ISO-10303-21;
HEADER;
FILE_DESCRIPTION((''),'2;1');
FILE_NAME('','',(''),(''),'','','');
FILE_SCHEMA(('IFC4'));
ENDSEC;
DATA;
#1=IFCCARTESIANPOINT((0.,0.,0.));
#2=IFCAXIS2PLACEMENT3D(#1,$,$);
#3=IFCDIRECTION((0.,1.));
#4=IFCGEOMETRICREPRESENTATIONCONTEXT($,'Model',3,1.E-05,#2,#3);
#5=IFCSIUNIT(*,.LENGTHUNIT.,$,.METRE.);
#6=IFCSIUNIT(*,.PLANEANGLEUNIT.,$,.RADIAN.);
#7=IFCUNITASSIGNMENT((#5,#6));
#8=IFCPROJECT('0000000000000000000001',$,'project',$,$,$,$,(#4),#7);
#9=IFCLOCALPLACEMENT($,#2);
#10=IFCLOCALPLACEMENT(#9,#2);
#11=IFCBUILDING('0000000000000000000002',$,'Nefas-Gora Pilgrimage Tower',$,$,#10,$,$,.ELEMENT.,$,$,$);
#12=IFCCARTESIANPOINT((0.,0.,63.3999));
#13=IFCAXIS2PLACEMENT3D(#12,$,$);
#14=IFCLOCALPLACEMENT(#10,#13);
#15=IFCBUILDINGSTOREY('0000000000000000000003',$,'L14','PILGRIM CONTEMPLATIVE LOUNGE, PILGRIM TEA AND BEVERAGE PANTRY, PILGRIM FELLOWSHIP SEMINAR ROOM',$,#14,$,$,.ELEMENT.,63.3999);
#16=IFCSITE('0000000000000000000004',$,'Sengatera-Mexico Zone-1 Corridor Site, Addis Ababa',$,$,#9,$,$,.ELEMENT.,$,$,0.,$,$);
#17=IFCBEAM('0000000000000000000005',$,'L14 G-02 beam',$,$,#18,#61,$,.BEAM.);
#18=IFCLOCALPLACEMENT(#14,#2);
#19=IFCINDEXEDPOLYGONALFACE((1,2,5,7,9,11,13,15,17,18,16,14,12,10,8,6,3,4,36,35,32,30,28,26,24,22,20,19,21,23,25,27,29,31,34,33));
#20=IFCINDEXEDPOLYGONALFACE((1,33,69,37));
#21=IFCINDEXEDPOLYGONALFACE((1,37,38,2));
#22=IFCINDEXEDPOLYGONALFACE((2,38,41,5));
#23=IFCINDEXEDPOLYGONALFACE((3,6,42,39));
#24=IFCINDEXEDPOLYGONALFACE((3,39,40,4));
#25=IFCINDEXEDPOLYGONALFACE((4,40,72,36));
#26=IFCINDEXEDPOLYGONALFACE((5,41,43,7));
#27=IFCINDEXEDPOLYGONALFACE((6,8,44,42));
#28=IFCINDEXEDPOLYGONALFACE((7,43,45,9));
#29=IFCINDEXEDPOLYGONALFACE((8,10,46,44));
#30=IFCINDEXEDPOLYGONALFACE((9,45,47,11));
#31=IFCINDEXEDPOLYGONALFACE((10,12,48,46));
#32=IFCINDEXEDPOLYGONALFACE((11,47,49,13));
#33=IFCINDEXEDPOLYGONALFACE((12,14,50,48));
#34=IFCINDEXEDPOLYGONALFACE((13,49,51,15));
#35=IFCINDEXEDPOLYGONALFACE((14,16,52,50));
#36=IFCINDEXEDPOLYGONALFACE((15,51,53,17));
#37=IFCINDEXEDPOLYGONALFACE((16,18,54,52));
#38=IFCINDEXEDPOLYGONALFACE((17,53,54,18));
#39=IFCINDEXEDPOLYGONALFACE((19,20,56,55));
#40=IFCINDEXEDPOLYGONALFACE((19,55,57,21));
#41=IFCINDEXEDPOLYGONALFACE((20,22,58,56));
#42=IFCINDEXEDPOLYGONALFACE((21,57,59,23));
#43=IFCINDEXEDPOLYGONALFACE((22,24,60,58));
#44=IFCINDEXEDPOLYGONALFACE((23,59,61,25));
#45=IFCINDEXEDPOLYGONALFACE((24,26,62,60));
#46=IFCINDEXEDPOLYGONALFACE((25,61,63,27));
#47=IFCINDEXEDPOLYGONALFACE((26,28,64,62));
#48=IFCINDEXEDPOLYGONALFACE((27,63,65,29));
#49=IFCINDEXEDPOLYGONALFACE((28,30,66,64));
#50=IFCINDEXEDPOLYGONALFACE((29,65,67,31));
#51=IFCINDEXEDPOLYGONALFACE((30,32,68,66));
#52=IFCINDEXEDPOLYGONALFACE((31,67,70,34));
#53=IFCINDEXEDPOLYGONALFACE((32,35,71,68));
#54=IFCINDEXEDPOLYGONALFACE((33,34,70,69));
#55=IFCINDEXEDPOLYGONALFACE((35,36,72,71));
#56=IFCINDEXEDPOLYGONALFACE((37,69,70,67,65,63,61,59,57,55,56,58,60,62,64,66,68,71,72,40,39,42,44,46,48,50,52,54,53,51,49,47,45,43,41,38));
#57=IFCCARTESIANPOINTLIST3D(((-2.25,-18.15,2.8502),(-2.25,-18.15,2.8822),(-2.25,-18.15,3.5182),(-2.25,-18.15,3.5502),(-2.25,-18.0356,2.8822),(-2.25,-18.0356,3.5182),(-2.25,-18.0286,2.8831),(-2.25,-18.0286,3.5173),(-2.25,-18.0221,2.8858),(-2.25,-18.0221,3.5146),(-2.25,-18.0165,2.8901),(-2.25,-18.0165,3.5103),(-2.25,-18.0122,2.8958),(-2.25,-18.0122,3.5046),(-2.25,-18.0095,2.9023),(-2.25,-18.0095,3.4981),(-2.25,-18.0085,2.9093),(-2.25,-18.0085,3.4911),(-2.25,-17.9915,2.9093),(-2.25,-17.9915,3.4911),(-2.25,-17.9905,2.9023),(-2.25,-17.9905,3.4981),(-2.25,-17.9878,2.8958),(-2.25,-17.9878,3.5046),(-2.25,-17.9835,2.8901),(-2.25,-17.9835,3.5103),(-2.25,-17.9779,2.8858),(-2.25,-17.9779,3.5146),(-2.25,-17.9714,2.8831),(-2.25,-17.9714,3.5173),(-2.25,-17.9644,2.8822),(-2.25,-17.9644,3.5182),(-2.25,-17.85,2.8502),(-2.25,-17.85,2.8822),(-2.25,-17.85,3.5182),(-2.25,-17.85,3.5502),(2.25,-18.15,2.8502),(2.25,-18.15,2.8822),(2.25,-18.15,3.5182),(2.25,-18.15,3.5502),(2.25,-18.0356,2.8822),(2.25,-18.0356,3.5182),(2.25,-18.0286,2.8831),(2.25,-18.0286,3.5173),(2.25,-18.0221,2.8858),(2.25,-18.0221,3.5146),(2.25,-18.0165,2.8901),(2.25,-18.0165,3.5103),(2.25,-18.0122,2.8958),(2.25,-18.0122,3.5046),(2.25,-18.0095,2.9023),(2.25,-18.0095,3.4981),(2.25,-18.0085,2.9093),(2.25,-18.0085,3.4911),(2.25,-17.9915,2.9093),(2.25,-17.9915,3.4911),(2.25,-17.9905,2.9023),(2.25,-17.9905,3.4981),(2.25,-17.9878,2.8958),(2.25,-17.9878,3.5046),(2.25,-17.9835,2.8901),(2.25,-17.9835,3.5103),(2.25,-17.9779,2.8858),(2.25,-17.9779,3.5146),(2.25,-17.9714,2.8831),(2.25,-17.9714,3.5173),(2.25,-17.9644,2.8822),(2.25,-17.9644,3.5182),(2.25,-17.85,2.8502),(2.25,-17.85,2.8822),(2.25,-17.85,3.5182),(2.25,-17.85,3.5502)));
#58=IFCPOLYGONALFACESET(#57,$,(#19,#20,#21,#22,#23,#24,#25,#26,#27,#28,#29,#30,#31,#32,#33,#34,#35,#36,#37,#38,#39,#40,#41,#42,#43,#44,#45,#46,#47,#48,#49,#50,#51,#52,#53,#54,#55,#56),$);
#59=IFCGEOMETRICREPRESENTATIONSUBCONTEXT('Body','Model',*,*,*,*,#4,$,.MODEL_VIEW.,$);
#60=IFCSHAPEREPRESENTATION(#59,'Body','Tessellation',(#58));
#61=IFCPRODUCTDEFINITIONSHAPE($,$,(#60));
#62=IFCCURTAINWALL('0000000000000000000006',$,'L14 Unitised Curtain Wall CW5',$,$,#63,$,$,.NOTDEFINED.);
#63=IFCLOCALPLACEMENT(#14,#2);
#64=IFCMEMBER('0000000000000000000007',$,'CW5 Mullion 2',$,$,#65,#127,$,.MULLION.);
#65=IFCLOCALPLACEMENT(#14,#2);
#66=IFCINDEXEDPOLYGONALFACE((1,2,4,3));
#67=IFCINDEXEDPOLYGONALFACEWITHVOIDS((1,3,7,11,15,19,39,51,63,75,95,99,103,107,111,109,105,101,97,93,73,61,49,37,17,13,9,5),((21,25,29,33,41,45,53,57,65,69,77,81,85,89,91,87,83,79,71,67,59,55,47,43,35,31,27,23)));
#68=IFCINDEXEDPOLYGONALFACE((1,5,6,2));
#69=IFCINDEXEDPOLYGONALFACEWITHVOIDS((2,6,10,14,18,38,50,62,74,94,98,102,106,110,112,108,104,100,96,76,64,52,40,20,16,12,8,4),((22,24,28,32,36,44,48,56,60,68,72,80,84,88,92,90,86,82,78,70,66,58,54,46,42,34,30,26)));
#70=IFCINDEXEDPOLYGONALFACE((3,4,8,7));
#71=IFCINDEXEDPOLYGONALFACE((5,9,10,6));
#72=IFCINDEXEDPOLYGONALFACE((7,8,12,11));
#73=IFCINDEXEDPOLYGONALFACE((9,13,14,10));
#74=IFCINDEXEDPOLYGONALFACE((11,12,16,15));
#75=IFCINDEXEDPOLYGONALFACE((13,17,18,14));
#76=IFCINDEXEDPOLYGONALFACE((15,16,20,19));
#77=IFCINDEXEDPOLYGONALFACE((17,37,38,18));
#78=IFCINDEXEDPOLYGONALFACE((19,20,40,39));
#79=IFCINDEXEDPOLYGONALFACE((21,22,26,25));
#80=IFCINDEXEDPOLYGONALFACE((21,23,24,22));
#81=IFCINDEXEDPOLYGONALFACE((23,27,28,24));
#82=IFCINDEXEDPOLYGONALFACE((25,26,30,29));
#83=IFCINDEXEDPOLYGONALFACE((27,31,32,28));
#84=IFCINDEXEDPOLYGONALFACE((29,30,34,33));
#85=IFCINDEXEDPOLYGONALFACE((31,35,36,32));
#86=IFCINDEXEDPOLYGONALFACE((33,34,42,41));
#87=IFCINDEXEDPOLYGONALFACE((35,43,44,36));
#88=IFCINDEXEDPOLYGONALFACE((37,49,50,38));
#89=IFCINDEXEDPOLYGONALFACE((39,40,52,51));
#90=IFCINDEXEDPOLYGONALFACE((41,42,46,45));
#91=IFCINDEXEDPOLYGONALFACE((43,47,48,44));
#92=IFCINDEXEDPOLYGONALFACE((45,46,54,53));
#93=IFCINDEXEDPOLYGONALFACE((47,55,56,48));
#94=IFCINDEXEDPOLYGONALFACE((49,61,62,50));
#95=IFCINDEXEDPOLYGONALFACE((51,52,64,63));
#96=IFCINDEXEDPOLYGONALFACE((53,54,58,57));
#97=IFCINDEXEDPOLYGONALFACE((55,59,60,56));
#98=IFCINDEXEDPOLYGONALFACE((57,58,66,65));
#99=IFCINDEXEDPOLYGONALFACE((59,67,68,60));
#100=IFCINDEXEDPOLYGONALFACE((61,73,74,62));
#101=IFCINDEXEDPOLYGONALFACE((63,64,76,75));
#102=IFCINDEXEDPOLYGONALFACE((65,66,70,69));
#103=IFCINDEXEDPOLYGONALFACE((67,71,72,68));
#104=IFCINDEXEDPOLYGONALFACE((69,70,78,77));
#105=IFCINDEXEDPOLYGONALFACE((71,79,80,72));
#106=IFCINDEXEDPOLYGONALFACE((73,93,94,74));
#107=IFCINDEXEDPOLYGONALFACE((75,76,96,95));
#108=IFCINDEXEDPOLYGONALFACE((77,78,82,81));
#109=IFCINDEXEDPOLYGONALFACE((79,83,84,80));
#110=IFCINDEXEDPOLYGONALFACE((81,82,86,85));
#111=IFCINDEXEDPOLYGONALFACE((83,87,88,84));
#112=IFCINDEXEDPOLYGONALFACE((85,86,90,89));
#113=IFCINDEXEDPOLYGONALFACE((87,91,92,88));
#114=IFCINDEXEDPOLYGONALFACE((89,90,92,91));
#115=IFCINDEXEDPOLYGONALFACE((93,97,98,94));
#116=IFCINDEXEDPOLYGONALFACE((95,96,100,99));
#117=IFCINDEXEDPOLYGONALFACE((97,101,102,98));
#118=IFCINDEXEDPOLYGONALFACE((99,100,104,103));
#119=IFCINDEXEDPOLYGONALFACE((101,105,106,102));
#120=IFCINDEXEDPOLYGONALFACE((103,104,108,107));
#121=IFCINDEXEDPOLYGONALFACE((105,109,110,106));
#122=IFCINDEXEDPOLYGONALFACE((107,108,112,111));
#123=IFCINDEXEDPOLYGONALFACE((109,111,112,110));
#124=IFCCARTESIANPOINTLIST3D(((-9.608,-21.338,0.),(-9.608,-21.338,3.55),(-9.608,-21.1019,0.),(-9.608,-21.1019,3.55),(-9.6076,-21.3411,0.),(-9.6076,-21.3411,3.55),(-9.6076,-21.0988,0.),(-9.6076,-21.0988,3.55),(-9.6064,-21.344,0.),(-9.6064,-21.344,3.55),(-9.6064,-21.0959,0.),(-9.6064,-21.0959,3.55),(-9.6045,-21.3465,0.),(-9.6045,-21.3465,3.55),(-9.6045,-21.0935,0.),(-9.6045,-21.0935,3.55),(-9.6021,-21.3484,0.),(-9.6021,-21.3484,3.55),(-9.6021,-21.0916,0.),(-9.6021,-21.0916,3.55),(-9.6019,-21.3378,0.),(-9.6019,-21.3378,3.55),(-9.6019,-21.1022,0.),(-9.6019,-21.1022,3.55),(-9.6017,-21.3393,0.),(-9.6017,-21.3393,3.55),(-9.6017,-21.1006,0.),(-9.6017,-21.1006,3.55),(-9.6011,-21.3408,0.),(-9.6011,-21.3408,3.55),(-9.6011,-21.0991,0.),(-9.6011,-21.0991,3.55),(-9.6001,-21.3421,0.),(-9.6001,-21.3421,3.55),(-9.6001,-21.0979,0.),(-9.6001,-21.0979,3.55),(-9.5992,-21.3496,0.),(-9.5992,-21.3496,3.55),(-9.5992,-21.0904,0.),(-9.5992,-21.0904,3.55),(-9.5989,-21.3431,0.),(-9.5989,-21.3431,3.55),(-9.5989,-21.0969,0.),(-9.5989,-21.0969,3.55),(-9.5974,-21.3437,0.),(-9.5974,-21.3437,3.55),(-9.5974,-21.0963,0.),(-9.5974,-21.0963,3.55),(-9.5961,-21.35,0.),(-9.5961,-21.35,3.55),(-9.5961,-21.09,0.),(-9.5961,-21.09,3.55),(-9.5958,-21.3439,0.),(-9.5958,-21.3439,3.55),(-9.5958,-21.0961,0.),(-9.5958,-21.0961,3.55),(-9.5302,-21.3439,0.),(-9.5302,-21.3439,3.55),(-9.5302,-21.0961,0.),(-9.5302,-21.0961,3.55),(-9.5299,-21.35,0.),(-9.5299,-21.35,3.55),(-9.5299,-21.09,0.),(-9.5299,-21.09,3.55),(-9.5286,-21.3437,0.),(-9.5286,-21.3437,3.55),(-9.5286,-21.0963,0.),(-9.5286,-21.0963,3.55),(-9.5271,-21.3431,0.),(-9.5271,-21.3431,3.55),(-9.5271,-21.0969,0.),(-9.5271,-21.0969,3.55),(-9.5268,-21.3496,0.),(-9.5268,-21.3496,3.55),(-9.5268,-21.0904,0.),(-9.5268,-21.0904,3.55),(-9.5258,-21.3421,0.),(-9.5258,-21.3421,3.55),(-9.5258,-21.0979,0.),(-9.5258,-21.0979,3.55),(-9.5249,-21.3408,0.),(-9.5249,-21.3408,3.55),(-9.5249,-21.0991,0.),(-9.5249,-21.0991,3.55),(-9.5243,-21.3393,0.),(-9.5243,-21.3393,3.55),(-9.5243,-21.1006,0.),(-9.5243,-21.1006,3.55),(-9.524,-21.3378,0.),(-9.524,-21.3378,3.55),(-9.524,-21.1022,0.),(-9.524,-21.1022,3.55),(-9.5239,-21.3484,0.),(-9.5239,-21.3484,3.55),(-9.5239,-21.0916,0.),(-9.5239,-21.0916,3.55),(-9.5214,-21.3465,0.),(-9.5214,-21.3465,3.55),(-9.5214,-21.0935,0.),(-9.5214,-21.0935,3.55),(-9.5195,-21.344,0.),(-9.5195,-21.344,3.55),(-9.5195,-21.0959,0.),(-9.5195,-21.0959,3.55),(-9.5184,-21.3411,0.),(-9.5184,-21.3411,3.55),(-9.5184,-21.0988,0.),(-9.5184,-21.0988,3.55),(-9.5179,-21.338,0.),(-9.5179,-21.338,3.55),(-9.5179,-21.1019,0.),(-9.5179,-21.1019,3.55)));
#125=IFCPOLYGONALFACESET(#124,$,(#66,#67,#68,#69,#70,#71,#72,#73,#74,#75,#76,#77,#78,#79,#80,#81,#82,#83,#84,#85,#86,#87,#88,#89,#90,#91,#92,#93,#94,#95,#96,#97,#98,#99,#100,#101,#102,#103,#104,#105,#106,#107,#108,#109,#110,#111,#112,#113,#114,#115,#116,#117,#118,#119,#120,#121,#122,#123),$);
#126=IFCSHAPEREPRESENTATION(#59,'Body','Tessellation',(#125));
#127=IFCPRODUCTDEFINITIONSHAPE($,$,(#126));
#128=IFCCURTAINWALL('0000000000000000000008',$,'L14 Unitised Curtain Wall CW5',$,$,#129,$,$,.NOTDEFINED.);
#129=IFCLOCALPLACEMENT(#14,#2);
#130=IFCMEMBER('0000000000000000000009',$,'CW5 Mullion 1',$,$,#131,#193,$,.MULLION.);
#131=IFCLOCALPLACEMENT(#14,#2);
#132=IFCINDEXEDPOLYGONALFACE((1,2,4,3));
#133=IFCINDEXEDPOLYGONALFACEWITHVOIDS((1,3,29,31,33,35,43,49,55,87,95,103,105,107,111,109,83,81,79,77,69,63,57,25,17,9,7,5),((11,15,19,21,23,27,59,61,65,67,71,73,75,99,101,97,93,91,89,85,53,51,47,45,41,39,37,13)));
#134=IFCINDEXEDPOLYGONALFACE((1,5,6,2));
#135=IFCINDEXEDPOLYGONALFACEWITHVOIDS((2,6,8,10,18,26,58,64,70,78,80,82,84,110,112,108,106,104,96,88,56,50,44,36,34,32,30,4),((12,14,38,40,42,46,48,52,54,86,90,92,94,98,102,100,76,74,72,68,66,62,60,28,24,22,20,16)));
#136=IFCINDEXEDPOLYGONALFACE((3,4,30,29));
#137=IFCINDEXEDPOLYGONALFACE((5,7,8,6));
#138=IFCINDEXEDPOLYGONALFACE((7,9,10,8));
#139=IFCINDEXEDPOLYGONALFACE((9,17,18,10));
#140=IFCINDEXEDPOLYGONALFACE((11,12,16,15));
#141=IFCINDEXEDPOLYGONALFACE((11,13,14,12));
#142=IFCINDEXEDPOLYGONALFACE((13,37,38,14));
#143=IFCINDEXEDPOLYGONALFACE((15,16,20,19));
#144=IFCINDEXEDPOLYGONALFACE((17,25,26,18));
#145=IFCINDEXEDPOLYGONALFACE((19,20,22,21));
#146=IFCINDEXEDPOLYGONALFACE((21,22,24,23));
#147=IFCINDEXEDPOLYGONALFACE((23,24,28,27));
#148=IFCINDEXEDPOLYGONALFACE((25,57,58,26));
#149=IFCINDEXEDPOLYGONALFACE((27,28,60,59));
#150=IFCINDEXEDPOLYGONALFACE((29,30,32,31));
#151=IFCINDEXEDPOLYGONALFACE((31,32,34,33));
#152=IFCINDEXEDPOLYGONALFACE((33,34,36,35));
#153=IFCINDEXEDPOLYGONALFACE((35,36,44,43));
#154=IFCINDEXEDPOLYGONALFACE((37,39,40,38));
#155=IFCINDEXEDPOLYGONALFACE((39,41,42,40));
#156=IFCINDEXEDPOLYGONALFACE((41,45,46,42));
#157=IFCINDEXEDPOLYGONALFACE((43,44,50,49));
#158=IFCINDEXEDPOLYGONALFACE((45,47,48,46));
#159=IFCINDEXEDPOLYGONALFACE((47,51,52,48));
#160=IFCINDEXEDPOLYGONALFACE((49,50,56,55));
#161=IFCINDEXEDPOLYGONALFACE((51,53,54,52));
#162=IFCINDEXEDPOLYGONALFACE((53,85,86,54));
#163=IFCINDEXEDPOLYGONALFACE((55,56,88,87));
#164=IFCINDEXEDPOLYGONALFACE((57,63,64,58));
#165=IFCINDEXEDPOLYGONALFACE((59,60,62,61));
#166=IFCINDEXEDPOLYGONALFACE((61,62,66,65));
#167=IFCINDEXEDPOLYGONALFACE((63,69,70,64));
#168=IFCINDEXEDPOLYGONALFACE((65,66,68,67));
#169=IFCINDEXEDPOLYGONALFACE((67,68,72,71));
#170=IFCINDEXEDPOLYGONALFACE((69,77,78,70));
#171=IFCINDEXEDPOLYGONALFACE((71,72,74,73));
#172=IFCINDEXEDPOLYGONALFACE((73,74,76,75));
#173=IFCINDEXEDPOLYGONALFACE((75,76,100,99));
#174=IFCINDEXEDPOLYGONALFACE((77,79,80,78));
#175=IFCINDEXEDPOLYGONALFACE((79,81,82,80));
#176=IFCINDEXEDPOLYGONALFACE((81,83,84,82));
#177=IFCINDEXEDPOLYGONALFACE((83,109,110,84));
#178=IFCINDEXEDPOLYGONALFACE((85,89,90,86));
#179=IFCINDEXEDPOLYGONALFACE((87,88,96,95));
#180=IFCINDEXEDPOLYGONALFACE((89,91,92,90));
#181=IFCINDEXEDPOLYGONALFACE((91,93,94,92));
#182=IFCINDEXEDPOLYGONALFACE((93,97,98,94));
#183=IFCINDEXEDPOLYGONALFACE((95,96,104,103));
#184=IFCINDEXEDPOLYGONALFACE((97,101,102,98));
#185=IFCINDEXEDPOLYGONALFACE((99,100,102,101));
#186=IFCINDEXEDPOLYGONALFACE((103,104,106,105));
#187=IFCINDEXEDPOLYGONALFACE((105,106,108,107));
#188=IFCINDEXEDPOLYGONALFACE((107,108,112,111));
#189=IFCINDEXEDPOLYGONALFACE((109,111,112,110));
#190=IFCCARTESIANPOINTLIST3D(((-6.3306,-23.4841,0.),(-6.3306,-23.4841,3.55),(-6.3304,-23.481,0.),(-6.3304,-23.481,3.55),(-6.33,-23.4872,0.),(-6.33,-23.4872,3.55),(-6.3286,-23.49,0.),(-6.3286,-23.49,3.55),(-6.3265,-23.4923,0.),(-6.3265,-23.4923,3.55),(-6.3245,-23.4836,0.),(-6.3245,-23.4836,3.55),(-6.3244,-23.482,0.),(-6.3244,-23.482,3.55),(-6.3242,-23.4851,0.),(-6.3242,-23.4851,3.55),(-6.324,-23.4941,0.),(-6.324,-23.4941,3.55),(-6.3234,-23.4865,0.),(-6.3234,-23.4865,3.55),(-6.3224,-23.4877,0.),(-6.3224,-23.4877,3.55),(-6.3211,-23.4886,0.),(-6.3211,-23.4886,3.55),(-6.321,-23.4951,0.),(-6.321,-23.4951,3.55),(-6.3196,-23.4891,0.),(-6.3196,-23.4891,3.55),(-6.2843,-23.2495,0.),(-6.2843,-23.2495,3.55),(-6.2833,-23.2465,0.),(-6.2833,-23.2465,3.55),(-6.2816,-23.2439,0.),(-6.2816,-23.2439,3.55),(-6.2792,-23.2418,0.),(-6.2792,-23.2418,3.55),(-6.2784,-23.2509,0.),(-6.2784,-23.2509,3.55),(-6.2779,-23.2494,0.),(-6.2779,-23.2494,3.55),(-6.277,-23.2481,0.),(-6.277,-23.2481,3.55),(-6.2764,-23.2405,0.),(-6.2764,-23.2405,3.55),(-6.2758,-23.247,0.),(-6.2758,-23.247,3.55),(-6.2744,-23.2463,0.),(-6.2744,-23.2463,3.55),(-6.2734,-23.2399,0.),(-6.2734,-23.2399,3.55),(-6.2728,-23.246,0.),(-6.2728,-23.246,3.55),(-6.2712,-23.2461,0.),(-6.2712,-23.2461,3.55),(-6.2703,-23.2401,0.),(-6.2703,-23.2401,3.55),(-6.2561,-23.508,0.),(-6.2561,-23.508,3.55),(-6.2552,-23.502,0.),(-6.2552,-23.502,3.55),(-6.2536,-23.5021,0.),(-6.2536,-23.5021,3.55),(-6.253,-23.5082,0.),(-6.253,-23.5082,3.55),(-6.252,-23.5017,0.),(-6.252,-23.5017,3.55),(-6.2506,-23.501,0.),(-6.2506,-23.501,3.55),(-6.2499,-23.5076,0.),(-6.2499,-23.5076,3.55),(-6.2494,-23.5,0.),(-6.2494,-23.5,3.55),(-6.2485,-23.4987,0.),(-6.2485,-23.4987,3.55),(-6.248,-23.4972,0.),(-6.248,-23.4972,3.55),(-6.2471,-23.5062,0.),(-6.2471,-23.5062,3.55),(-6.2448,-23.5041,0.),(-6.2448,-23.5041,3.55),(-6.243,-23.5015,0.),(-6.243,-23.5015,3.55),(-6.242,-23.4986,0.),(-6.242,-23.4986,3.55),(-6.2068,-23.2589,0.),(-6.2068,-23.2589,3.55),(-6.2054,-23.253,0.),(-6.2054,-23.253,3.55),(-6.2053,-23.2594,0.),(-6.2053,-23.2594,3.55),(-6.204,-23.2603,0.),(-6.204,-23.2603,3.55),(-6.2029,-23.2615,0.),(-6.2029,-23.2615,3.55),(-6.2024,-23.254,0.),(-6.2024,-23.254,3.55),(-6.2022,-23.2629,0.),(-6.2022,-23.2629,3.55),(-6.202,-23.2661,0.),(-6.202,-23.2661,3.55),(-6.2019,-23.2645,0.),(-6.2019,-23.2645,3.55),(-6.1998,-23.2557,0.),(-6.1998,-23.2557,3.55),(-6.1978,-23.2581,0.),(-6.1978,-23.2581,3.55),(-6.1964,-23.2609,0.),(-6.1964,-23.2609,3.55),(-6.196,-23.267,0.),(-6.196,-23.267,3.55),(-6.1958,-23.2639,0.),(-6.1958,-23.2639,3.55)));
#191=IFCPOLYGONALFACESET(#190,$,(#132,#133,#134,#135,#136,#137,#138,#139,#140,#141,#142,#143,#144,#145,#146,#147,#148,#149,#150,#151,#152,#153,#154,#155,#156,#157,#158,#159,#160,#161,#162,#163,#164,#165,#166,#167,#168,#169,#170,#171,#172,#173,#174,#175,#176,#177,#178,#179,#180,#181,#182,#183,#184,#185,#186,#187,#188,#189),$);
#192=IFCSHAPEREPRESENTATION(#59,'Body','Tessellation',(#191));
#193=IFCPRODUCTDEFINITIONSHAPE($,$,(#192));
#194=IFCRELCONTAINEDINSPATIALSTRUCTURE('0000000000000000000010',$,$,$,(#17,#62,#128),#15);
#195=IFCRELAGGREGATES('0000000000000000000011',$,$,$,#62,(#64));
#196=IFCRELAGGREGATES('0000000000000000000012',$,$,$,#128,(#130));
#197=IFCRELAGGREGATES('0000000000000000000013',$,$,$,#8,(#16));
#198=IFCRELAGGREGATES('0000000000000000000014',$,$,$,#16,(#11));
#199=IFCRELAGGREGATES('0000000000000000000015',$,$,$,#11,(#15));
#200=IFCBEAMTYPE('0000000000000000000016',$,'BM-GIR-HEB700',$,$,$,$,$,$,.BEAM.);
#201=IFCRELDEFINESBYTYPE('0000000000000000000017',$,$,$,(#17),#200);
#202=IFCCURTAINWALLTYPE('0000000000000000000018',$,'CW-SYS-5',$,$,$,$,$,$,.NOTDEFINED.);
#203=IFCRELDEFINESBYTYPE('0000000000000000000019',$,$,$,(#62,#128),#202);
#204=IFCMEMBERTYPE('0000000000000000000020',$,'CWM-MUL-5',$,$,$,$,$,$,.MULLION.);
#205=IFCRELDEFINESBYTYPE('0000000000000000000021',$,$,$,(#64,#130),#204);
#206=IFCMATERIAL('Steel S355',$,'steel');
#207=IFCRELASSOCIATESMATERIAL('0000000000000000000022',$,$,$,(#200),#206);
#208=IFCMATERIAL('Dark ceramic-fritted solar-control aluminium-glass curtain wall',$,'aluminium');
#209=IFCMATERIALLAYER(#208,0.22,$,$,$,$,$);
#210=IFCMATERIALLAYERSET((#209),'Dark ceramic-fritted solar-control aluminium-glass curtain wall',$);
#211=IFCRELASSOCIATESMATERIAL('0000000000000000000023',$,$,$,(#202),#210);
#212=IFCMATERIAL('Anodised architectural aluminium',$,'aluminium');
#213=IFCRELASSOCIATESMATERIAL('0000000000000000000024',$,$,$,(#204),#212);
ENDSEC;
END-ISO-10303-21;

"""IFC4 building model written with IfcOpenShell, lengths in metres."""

from ifc_helpers import new_model, si_unit, direction, frame, origin, origin_2d, place, context, subcontext, project, spatial, hollow_rectangle, i_section, extrude, source, transform, mapped, material, layer, layer_set, material_profile, profile_set, type_object, element, aggregate, save


model = new_model("IFC4")

# Units and contexts
model_context = context("Model", 3, precision=1e-05, world=origin(), true_north=direction((0.0, 1.0)))
body_context = subcontext(model_context, "Body", "Model", "MODEL_VIEW")
ifc_project = project(units=[si_unit("LENGTHUNIT", "METRE"), si_unit("PLANEANGLEUNIT", "RADIAN")], contexts=[model_context])

# Site, building, storey
site_placement = place(None, origin())
site = spatial("IfcSite", under=ifc_project, at=site_placement, Name="Sengatera-Mexico Zone-1 Corridor Site, Addis Ababa", CompositionType="ELEMENT", RefElevation=0.0)
building_placement = place(site_placement, origin())
building = spatial("IfcBuilding", under=site, at=building_placement, Name="Nefas-Gora Pilgrimage Tower", CompositionType="ELEMENT")
storey_placement = place(building_placement, frame((0.0, 0.0, 63.3999)))
storey = spatial("IfcBuildingStorey", under=building, at=storey_placement, Name="L14", Description="PILGRIM CONTEMPLATIVE LOUNGE, PILGRIM TEA AND BEVERAGE PANTRY, PILGRIM FELLOWSHIP SEMINAR ROOM", CompositionType="ELEMENT", Elevation=63.3999)

# Beam
ifc_material_1 = material(Name="Steel S355", Category="steel")
ifc_material_profile_1 = material_profile(ifc_material_1, i_section(OverallWidth=0.3, OverallDepth=0.7, WebThickness=0.0171, FlangeThickness=0.032, FilletRadius=0.0271, at=origin_2d()), Name="HEB 700")
ifc_profile_set_1 = profile_set([ifc_material_profile_1], Name="Steel S355")
beam_type = type_object("IfcBeamType", Name="BM-GIR-HEB700", PredefinedType="BEAM", material=ifc_profile_set_1)
shared_shape_1 = source(origin(), body_context, "Body", "SweptSolid", [
    extrude(i_section(OverallWidth=0.3, OverallDepth=0.7, WebThickness=0.0171, FlangeThickness=0.032, FilletRadius=0.0271, at=origin_2d()), origin(), (0.0, 0.0, 1.0), 4.5),
])
for number, where, z_axis, x_axis, name in (
    (1, (-2.25, -18.0, 3.2002), (1.0, 0.0, 0.0), (0.0, 1.0, 0.0), "L14 G-02 beam"),
):
    element("IfcBeam", number, at=place(storey_placement, frame(where, z_axis=z_axis, x_axis=x_axis)), inside=storey, type_object=beam_type, Name=name, PredefinedType="BEAM", context=body_context, shape_type="MappedRepresentation", body=[
        mapped(shared_shape_1, transform((0.0, 0.0, 0.0), x_axis=(1.0, 0.0, 0.0), y_axis=(0.0, 1.0, 0.0), z_axis=(0.0, 0.0, 1.0), scale=1.0)),
    ])

# Curtain wall, member
ifc_material_2 = material(Name="Dark ceramic-fritted solar-control aluminium-glass curtain wall", Category="aluminium")
ifc_layer_1 = layer(ifc_material_2, 0.22)
ifc_layer_set_1 = layer_set([ifc_layer_1], Name="Dark ceramic-fritted solar-control aluminium-glass curtain wall")
curtain_wall_type = type_object("IfcCurtainWallType", Name="CW-SYS-5", PredefinedType="NOTDEFINED", material=ifc_layer_set_1)
curtain_wall_1_placement = place(storey_placement, origin())
curtain_wall_1 = element("IfcCurtainWall", 2, at=curtain_wall_1_placement, inside=storey, type_object=curtain_wall_type, Name="L14 Unitised Curtain Wall CW5", PredefinedType="NOTDEFINED")
ifc_material_3 = material(Name="Anodised architectural aluminium", Category="aluminium")
ifc_material_profile_2 = material_profile(ifc_material_3, hollow_rectangle(XDim=0.0901, YDim=0.26, WallThickness=0.0061, InnerFilletRadius=0.0061, OuterFilletRadius=0.012, at=origin_2d()), Name="ALU MULLION 90x260")
ifc_profile_set_2 = profile_set([ifc_material_profile_2], Name="Anodised architectural aluminium")
member_type_1 = type_object("IfcMemberType", Name="CWM-MUL-5", PredefinedType="MULLION", material=ifc_profile_set_2)
shared_shape_2 = source(origin(), body_context, "Body", "SweptSolid", [
    extrude(hollow_rectangle(XDim=0.0901, YDim=0.26, WallThickness=0.0061, InnerFilletRadius=0.0061, OuterFilletRadius=0.012, at=origin_2d()), origin(), (0.0, 0.0, 1.0), 3.55),
])
member_1_placement = place(storey_placement, frame((-9.563, -21.22, 0.0), z_axis=(0.0, 0.0, 1.0), x_axis=(1.0, 0.0, 0.0)))
member_1 = element("IfcMember", 3, at=member_1_placement, type_object=member_type_1, Name="CW5 Mullion 2", PredefinedType="MULLION", context=body_context, shape_type="MappedRepresentation", body=[
    mapped(shared_shape_2, transform((0.0, 0.0, 0.0), x_axis=(1.0, 0.0, 0.0), y_axis=(0.0, 1.0, 0.0), z_axis=(0.0, 0.0, 1.0), scale=1.0)),
])
aggregate(curtain_wall_1, [member_1])

# Curtain wall, member
curtain_wall_2_placement = place(storey_placement, origin())
curtain_wall_2 = element("IfcCurtainWall", 4, at=curtain_wall_2_placement, inside=storey, type_object=curtain_wall_type, Name="L14 Unitised Curtain Wall CW5", PredefinedType="NOTDEFINED")
member_2_placement = place(storey_placement, frame((-6.2632, -23.374, 0.0), z_axis=(0.0, 0.0, 1.0), x_axis=(0.980783, -0.195102, 0.0)))
member_2 = element("IfcMember", 5, at=member_2_placement, type_object=member_type_1, Name="CW5 Mullion 1", PredefinedType="MULLION", context=body_context, shape_type="MappedRepresentation", body=[
    mapped(shared_shape_2, transform((0.0, 0.0, 0.0), x_axis=(1.0, 0.0, 0.0), y_axis=(0.0, 1.0, 0.0), z_axis=(0.0, 0.0, 1.0), scale=1.0)),
])

aggregate(curtain_wall_2, [member_2])

save(model, "model.ifc")
